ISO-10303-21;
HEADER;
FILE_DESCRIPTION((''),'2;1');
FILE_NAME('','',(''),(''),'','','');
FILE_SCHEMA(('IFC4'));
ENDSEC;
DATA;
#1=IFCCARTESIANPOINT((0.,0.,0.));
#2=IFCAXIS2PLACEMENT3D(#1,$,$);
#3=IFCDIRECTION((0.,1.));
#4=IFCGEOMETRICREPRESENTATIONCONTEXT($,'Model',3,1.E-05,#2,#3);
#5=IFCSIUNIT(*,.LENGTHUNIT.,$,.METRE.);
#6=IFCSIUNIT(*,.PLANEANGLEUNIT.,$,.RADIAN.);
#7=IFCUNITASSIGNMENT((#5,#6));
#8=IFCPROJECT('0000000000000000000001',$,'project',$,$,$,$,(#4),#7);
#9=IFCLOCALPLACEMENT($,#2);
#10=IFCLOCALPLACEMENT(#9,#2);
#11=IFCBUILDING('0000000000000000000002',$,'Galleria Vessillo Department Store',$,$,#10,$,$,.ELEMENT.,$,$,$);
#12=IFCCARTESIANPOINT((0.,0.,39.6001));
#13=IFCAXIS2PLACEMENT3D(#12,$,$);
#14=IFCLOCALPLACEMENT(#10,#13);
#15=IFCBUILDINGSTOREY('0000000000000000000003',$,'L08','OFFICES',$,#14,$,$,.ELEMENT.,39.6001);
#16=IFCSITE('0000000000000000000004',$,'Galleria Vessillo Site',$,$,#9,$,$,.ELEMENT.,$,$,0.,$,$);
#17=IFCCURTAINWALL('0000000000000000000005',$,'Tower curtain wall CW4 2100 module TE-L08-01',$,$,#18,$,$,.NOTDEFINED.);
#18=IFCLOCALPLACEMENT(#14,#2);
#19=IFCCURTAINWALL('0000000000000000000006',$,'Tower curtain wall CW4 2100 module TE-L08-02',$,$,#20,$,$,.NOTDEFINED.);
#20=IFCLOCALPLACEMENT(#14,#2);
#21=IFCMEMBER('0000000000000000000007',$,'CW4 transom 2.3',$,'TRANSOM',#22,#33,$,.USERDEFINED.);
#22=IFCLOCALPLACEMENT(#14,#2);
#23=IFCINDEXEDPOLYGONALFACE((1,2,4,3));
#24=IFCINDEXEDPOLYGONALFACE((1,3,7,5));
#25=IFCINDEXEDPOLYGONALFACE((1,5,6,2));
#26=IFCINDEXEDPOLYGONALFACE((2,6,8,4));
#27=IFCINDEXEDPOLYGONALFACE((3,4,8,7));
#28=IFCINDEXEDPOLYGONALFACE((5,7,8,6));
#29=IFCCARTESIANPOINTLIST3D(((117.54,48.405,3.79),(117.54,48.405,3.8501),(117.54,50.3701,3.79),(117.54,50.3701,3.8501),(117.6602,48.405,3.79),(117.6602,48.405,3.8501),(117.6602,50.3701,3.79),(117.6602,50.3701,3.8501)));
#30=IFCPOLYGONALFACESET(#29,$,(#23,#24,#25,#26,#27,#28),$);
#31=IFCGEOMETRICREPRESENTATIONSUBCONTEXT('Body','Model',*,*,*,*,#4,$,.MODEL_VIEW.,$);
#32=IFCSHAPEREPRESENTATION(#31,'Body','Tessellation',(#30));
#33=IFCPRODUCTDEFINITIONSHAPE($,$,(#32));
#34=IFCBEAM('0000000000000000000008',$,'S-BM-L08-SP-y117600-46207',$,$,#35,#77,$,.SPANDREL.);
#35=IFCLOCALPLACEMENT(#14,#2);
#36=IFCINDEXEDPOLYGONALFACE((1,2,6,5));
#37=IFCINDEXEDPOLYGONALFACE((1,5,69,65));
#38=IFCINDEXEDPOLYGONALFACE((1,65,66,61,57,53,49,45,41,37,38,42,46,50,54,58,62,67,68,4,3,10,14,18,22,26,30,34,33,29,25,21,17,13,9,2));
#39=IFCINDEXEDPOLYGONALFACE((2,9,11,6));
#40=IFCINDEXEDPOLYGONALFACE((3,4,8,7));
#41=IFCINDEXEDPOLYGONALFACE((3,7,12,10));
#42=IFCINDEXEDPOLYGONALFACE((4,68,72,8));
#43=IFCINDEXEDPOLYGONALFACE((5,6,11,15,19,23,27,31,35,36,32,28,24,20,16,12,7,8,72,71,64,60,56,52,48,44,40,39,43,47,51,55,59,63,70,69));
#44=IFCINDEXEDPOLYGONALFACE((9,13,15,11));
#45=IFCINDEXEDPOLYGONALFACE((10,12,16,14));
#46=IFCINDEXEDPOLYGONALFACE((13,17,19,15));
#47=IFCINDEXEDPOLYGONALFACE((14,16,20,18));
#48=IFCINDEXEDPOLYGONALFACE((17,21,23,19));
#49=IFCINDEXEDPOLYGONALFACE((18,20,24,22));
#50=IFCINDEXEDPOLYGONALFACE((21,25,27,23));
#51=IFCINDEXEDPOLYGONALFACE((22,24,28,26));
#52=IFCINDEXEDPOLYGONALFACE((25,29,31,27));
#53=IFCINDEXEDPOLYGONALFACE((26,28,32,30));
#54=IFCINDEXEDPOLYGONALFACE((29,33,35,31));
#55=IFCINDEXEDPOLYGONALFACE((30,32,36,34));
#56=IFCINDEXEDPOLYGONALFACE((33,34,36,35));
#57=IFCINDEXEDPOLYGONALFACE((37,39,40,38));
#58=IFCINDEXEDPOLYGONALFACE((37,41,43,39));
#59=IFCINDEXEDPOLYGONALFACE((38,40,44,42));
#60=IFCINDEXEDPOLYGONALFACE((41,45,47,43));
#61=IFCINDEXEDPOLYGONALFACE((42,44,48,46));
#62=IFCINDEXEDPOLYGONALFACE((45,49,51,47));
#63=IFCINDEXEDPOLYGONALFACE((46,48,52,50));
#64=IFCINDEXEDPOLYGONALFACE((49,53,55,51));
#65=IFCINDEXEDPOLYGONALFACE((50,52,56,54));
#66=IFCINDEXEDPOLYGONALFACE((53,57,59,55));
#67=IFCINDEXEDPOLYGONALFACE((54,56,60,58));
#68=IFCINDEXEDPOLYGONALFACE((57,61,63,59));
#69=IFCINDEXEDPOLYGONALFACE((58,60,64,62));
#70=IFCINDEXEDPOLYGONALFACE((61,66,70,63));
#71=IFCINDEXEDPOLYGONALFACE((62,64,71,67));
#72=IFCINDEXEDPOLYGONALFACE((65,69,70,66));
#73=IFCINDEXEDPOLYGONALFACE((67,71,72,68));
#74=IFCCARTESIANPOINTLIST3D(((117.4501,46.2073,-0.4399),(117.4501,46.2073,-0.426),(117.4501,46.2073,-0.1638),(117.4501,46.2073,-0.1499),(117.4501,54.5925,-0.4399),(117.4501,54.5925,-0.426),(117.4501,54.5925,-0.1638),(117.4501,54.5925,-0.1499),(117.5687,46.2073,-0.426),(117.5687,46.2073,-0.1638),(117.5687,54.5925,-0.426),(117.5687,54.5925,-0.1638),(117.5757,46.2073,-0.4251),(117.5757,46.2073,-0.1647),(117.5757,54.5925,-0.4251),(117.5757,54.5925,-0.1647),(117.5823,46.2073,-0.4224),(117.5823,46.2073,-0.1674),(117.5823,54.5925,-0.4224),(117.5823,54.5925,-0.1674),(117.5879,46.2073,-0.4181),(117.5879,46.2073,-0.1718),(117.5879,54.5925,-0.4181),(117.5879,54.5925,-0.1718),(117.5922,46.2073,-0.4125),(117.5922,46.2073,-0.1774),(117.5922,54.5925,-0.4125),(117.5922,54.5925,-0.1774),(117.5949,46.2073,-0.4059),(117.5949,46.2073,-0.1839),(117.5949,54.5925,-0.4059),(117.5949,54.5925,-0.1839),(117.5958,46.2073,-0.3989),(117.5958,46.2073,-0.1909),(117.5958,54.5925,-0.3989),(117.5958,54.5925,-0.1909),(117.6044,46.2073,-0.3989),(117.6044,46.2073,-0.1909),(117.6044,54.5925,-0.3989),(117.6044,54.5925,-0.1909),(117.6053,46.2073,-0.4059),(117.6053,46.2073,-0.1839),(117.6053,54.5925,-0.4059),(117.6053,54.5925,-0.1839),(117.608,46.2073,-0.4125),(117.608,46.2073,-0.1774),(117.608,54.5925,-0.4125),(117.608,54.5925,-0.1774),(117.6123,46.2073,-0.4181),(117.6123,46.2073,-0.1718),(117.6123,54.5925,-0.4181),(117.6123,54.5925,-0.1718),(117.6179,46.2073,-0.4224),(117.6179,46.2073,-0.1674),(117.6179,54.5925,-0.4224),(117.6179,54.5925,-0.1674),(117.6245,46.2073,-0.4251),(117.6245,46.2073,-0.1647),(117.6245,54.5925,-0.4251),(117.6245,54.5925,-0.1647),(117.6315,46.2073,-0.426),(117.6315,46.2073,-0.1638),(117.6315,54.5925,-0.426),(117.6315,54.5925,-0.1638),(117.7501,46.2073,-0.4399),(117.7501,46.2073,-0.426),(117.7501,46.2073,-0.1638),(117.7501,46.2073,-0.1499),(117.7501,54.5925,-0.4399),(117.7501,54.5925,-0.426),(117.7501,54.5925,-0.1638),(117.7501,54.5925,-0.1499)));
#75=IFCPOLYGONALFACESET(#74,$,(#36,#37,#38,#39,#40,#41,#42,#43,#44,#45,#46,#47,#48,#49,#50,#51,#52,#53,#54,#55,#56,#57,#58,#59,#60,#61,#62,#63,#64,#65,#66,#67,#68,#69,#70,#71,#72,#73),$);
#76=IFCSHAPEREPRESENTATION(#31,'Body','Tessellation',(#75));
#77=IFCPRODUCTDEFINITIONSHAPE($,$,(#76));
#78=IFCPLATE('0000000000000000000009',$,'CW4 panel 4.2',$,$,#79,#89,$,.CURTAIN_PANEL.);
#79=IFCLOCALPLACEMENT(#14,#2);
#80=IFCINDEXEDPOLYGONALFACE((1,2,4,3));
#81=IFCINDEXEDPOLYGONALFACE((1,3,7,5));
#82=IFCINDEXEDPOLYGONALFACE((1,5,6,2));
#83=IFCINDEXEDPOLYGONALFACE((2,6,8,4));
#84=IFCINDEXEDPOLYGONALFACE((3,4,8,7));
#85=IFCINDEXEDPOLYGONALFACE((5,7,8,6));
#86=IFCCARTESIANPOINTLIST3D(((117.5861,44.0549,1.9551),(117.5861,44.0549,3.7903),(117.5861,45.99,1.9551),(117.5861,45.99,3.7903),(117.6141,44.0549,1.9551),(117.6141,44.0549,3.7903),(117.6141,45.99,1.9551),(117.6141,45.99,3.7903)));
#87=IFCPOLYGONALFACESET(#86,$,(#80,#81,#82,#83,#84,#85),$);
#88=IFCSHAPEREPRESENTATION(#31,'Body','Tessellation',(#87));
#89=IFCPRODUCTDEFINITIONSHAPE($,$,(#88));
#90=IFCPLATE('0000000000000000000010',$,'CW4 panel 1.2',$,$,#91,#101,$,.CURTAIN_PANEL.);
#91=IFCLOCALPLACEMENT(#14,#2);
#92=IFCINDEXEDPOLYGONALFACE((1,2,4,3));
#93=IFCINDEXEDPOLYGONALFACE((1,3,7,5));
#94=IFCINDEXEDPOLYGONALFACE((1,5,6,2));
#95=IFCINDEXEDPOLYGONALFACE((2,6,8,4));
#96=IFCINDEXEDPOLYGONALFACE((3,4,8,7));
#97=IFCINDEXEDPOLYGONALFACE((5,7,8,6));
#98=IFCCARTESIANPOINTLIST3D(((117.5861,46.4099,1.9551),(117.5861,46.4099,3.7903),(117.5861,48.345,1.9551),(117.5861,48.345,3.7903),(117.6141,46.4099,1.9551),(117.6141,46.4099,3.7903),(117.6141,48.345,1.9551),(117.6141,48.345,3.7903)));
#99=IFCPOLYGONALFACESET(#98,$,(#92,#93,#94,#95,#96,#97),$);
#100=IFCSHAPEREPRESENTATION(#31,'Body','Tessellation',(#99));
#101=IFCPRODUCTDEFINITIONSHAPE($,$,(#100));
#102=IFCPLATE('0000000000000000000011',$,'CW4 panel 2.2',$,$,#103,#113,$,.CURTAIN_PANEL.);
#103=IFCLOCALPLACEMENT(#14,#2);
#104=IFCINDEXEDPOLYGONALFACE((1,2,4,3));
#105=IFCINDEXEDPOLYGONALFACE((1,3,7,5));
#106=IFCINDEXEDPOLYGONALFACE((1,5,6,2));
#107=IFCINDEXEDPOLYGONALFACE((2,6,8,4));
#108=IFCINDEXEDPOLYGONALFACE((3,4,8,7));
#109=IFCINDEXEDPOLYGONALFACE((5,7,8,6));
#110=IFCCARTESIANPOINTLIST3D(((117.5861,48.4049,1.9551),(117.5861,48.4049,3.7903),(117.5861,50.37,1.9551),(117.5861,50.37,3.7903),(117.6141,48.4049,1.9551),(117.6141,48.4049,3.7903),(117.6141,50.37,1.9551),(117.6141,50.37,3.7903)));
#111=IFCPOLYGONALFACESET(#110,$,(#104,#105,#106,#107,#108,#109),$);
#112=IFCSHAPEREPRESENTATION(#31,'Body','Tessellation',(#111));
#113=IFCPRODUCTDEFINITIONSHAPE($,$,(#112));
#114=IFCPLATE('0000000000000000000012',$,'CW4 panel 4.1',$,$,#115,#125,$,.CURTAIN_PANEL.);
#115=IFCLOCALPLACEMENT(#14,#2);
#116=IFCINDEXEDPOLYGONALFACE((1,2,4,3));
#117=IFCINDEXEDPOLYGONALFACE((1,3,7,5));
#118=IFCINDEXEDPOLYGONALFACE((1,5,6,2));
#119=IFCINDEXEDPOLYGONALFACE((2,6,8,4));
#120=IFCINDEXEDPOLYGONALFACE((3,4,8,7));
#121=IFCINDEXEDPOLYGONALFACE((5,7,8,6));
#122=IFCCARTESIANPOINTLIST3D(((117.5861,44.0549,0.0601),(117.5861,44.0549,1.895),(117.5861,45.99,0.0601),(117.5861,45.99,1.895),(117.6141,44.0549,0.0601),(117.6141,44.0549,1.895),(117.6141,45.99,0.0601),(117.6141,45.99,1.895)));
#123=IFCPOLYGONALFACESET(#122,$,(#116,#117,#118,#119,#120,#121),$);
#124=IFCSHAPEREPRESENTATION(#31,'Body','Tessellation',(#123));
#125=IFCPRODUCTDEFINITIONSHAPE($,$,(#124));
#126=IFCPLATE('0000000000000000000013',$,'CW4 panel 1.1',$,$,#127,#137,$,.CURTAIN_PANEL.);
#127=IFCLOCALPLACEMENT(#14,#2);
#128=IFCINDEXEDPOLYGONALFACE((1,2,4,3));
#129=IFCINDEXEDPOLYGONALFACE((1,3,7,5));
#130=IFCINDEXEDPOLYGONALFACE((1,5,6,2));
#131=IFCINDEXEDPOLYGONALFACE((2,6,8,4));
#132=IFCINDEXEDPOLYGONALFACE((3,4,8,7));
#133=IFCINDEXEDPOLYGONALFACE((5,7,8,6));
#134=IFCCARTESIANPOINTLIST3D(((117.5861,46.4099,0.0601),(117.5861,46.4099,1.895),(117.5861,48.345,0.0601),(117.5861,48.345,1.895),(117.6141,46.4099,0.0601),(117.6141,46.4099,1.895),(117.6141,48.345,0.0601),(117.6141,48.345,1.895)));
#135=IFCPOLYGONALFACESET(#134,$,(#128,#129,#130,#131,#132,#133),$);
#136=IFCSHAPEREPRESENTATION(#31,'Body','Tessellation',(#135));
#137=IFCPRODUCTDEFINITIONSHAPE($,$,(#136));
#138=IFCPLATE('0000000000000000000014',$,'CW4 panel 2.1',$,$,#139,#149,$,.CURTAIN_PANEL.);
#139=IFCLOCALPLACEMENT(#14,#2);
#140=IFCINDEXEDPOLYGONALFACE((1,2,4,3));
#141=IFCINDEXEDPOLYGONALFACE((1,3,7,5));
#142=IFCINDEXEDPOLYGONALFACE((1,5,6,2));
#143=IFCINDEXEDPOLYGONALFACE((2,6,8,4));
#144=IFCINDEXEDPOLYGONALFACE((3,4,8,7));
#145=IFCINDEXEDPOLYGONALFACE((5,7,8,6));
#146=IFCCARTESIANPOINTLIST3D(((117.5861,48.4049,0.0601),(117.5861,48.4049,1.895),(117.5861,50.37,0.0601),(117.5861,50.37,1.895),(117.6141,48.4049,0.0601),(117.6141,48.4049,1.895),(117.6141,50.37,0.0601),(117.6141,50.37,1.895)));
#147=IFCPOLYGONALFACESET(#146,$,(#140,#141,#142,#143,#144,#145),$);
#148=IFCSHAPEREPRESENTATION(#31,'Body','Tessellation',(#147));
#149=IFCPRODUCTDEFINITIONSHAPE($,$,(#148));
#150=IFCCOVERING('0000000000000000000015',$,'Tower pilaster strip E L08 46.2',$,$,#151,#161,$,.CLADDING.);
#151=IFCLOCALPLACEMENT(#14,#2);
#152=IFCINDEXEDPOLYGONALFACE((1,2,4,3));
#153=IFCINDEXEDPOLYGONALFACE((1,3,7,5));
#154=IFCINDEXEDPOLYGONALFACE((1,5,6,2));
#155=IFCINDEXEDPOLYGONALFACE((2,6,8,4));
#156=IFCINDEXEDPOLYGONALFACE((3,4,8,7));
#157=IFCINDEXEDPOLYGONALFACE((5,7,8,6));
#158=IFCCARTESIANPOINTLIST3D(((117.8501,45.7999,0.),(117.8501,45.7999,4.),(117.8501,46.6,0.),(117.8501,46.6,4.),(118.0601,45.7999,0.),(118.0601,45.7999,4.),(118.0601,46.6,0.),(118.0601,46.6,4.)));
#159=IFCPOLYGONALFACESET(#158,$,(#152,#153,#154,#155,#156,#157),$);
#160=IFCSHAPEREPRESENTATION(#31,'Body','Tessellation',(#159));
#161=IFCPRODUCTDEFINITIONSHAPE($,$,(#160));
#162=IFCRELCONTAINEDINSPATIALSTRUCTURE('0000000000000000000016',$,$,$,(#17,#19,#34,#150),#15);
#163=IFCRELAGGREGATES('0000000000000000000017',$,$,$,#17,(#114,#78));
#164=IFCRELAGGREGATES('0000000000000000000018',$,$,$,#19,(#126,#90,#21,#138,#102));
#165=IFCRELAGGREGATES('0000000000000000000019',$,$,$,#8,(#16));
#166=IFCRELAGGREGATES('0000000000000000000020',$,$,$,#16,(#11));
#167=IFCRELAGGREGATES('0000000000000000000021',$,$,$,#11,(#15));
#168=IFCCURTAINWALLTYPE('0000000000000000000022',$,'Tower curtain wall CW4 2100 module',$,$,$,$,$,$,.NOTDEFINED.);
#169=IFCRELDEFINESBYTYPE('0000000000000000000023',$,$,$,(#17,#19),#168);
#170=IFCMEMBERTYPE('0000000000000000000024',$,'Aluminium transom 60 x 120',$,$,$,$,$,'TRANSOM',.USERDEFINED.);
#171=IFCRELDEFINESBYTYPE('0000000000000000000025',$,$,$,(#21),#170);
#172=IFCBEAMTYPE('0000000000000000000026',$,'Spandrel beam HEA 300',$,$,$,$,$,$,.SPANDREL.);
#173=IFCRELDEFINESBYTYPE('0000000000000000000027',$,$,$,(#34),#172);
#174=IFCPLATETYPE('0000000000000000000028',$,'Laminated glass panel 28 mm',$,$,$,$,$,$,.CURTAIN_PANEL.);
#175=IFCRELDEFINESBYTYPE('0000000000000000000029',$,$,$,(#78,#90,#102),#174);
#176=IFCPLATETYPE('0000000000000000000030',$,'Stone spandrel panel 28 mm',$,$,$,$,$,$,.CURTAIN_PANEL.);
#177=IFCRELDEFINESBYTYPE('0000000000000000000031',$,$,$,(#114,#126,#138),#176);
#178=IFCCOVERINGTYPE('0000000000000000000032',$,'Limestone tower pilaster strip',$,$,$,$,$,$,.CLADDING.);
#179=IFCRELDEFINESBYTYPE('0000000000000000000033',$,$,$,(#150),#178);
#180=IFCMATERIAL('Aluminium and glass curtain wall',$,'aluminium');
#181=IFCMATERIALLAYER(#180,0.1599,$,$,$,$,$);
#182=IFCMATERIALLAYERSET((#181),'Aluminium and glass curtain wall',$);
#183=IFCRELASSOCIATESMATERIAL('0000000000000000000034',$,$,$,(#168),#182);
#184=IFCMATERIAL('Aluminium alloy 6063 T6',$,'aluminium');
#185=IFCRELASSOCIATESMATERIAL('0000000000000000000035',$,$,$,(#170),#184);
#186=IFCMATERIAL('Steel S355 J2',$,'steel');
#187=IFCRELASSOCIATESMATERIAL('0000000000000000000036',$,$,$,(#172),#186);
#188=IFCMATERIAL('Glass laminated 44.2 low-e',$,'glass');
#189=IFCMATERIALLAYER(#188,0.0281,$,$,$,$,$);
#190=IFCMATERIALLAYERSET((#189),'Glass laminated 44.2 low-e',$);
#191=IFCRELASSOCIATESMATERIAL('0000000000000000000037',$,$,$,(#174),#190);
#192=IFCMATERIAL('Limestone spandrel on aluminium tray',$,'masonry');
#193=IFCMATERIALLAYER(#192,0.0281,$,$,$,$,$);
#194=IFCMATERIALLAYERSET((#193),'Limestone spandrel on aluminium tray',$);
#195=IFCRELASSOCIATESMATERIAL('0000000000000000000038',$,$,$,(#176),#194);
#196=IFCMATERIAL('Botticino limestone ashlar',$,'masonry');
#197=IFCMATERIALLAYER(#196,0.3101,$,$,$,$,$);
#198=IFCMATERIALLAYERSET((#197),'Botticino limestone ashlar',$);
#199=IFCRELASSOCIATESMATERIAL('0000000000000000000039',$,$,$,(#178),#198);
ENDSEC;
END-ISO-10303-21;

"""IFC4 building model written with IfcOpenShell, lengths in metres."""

from ifc_helpers import new_model, si_unit, direction, frame, origin, origin_2d, place, context, subcontext, project, spatial, rectangle, i_section, extrude, material, layer, layer_set, material_profile, profile_set, type_object, element, aggregate, save


model = new_model("IFC4")

# Units and contexts
model_context = context("Model", 3, precision=1e-05, world=origin(), true_north=direction((0.0, 1.0)))
body_context = subcontext(model_context, "Body", "Model", "MODEL_VIEW")
ifc_project = project(units=[si_unit("LENGTHUNIT", "METRE"), si_unit("PLANEANGLEUNIT", "RADIAN")], contexts=[model_context])

# Site, building, storey
site_placement = place(None, origin())
site = spatial("IfcSite", under=ifc_project, at=site_placement, Name="Galleria Vessillo Site", CompositionType="ELEMENT", RefElevation=0.0)
building_placement = place(site_placement, origin())
building = spatial("IfcBuilding", under=site, at=building_placement, Name="Galleria Vessillo Department Store", CompositionType="ELEMENT")
storey_placement = place(building_placement, frame((0.0, 0.0, 39.6001)))
storey = spatial("IfcBuildingStorey", under=building, at=storey_placement, Name="L08", Description="OFFICES", CompositionType="ELEMENT", Elevation=39.6001)

# Curtain wall
ifc_material_1 = material(Name="Aluminium and glass curtain wall", Category="aluminium")
ifc_layer_1 = layer(ifc_material_1, 0.1599)
ifc_layer_set_1 = layer_set([ifc_layer_1], Name="Aluminium and glass curtain wall")
curtain_wall_type = type_object("IfcCurtainWallType", Name="Tower curtain wall CW4 2100 module", PredefinedType="NOTDEFINED", material=ifc_layer_set_1)
curtain_wall_1_placement = place(storey_placement, origin())
curtain_wall_1 = element("IfcCurtainWall", 1, at=curtain_wall_1_placement, inside=storey, type_object=curtain_wall_type, Name="Tower curtain wall CW4 2100 module TE-L08-01", PredefinedType="NOTDEFINED")

# Curtain wall
curtain_wall_2_placement = place(storey_placement, origin())
curtain_wall_2 = element("IfcCurtainWall", 2, at=curtain_wall_2_placement, inside=storey, type_object=curtain_wall_type, Name="Tower curtain wall CW4 2100 module TE-L08-02", PredefinedType="NOTDEFINED")

# Member
ifc_material_2 = material(Name="Aluminium alloy 6063 T6", Category="aluminium")
ifc_material_profile_1 = material_profile(ifc_material_2, rectangle(XDim=0.1201, YDim=0.0601, at=origin_2d()), Name="AL 60x120")
ifc_profile_set_1 = profile_set([ifc_material_profile_1], Name="Aluminium alloy 6063 T6")
member_type_1 = type_object("IfcMemberType", Name="Aluminium transom 60 x 120", ElementType="TRANSOM", PredefinedType="USERDEFINED", material=ifc_profile_set_1)
member_1_placement = place(storey_placement, frame((117.6001, 48.405, 3.8201), z_axis=(0.0, 1.0, 0.0), x_axis=(-1.0, 0.0, 0.0)))
member_1 = element("IfcMember", 3, at=member_1_placement, type_object=member_type_1, Name="CW4 transom 2.3", ObjectType="TRANSOM", PredefinedType="USERDEFINED", context=body_context, shape_type="SweptSolid", body=[
    extrude(rectangle(XDim=0.1201, YDim=0.0601, at=origin_2d()), origin(), (0.0, 0.0, 1.0), 1.9651),
])

# Beam
ifc_material_3 = material(Name="Steel S355 J2", Category="steel")
ifc_material_profile_2 = material_profile(ifc_material_3, i_section(OverallWidth=0.3, OverallDepth=0.29, WebThickness=0.0085, FlangeThickness=0.0139, FilletRadius=0.0271, at=origin_2d()), Name="HEA 300")
ifc_profile_set_2 = profile_set([ifc_material_profile_2], Name="Steel S355 J2")
beam_type = type_object("IfcBeamType", Name="Spandrel beam HEA 300", PredefinedType="SPANDREL", material=ifc_profile_set_2)
beam_placement = place(storey_placement, frame((117.6001, 46.2073, -0.2949), z_axis=(0.0, 1.0, 0.0), x_axis=(-1.0, 0.0, 0.0)))
element("IfcBeam", 4, at=beam_placement, inside=storey, type_object=beam_type, Name="S-BM-L08-SP-y117600-46207", PredefinedType="SPANDREL", context=body_context, shape_type="SweptSolid", body=[
    extrude(i_section(OverallWidth=0.3, OverallDepth=0.29, WebThickness=0.0085, FlangeThickness=0.0139, FilletRadius=0.0271, at=origin_2d()), origin(), (0.0, 0.0, 1.0), 8.3853),
])

# Plates
ifc_material_4 = material(Name="Glass laminated 44.2 low-e", Category="glass")
ifc_layer_2 = layer(ifc_material_4, 0.0281)
ifc_layer_set_2 = layer_set([ifc_layer_2], Name="Glass laminated 44.2 low-e")
plate_type_1 = type_object("IfcPlateType", Name="Laminated glass panel 28 mm", PredefinedType="CURTAIN_PANEL", material=ifc_layer_set_2)
plate_1_placement = place(storey_placement, frame((117.6001, 45.0225, 1.9551), z_axis=(0.0, 0.0, 1.0), x_axis=(0.0, 1.0, 0.0)))
plate_1 = element("IfcPlate", 5, at=plate_1_placement, type_object=plate_type_1, Name="CW4 panel 4.2", PredefinedType="CURTAIN_PANEL", context=body_context, shape_type="SweptSolid", body=[
    extrude(rectangle(XDim=1.9351, YDim=0.0281, at=origin_2d()), origin(), (0.0, 0.0, 1.0), 1.8352),
])
plate_2_placement = place(storey_placement, frame((117.6001, 47.3774, 1.9551), z_axis=(0.0, 0.0, 1.0), x_axis=(0.0, 1.0, 0.0)))
plate_2 = element("IfcPlate", 6, at=plate_2_placement, type_object=plate_type_1, Name="CW4 panel 1.2", PredefinedType="CURTAIN_PANEL", context=body_context, shape_type="SweptSolid", body=[
    extrude(rectangle(XDim=1.9351, YDim=0.0281, at=origin_2d()), origin(), (0.0, 0.0, 1.0), 1.8352),
])
plate_3_placement = place(storey_placement, frame((117.6001, 49.3875, 1.9551), z_axis=(0.0, 0.0, 1.0), x_axis=(0.0, 1.0, 0.0)))
plate_3 = element("IfcPlate", 7, at=plate_3_placement, type_object=plate_type_1, Name="CW4 panel 2.2", PredefinedType="CURTAIN_PANEL", context=body_context, shape_type="SweptSolid", body=[
    extrude(rectangle(XDim=1.9651, YDim=0.0281, at=origin_2d()), origin(), (0.0, 0.0, 1.0), 1.8352),
])
ifc_material_5 = material(Name="Limestone spandrel on aluminium tray", Category="masonry")
ifc_layer_3 = layer(ifc_material_5, 0.0281)
ifc_layer_set_3 = layer_set([ifc_layer_3], Name="Limestone spandrel on aluminium tray")
plate_type_2 = type_object("IfcPlateType", Name="Stone spandrel panel 28 mm", PredefinedType="CURTAIN_PANEL", material=ifc_layer_set_3)
plate_4_placement = place(storey_placement, frame((117.6001, 45.0225, 0.0601), z_axis=(0.0, 0.0, 1.0), x_axis=(0.0, 1.0, 0.0)))
plate_4 = element("IfcPlate", 8, at=plate_4_placement, type_object=plate_type_2, Name="CW4 panel 4.1", PredefinedType="CURTAIN_PANEL", context=body_context, shape_type="SweptSolid", body=[
    extrude(rectangle(XDim=1.9351, YDim=0.0281, at=origin_2d()), origin(), (0.0, 0.0, 1.0), 1.835),
])
aggregate(curtain_wall_1, [plate_4, plate_1])
plate_5_placement = place(storey_placement, frame((117.6001, 47.3774, 0.0601), z_axis=(0.0, 0.0, 1.0), x_axis=(0.0, 1.0, 0.0)))
plate_5 = element("IfcPlate", 9, at=plate_5_placement, type_object=plate_type_2, Name="CW4 panel 1.1", PredefinedType="CURTAIN_PANEL", context=body_context, shape_type="SweptSolid", body=[
    extrude(rectangle(XDim=1.9351, YDim=0.0281, at=origin_2d()), origin(), (0.0, 0.0, 1.0), 1.835),
])
plate_6_placement = place(storey_placement, frame((117.6001, 49.3875, 0.0601), z_axis=(0.0, 0.0, 1.0), x_axis=(0.0, 1.0, 0.0)))
plate_6 = element("IfcPlate", 10, at=plate_6_placement, type_object=plate_type_2, Name="CW4 panel 2.1", PredefinedType="CURTAIN_PANEL", context=body_context, shape_type="SweptSolid", body=[
    extrude(rectangle(XDim=1.9651, YDim=0.0281, at=origin_2d()), origin(), (0.0, 0.0, 1.0), 1.835),
])
aggregate(curtain_wall_2, [plate_5, plate_2, member_1, plate_6, plate_3])

# Covering
ifc_material_6 = material(Name="Botticino limestone ashlar", Category="masonry")
ifc_layer_4 = layer(ifc_material_6, 0.3101)
ifc_layer_set_4 = layer_set([ifc_layer_4], Name="Botticino limestone ashlar")
covering_type = type_object("IfcCoveringType", Name="Limestone tower pilaster strip", PredefinedType="CLADDING", material=ifc_layer_set_4)
covering_placement = place(storey_placement, frame((117.9551, 46.2, 0.0), z_axis=(0.0, 0.0, 1.0), x_axis=(1.0, 0.0, 0.0)))
element("IfcCovering", 11, at=covering_placement, inside=storey, type_object=covering_type, Name="Tower pilaster strip E L08 46.2", PredefinedType="CLADDING", context=body_context, shape_type="SweptSolid", body=[
    extrude(rectangle(XDim=0.21, YDim=0.8, at=origin_2d()), origin(), (0.0, 0.0, 1.0), 4.0),
])

save(model, "model.ifc")
